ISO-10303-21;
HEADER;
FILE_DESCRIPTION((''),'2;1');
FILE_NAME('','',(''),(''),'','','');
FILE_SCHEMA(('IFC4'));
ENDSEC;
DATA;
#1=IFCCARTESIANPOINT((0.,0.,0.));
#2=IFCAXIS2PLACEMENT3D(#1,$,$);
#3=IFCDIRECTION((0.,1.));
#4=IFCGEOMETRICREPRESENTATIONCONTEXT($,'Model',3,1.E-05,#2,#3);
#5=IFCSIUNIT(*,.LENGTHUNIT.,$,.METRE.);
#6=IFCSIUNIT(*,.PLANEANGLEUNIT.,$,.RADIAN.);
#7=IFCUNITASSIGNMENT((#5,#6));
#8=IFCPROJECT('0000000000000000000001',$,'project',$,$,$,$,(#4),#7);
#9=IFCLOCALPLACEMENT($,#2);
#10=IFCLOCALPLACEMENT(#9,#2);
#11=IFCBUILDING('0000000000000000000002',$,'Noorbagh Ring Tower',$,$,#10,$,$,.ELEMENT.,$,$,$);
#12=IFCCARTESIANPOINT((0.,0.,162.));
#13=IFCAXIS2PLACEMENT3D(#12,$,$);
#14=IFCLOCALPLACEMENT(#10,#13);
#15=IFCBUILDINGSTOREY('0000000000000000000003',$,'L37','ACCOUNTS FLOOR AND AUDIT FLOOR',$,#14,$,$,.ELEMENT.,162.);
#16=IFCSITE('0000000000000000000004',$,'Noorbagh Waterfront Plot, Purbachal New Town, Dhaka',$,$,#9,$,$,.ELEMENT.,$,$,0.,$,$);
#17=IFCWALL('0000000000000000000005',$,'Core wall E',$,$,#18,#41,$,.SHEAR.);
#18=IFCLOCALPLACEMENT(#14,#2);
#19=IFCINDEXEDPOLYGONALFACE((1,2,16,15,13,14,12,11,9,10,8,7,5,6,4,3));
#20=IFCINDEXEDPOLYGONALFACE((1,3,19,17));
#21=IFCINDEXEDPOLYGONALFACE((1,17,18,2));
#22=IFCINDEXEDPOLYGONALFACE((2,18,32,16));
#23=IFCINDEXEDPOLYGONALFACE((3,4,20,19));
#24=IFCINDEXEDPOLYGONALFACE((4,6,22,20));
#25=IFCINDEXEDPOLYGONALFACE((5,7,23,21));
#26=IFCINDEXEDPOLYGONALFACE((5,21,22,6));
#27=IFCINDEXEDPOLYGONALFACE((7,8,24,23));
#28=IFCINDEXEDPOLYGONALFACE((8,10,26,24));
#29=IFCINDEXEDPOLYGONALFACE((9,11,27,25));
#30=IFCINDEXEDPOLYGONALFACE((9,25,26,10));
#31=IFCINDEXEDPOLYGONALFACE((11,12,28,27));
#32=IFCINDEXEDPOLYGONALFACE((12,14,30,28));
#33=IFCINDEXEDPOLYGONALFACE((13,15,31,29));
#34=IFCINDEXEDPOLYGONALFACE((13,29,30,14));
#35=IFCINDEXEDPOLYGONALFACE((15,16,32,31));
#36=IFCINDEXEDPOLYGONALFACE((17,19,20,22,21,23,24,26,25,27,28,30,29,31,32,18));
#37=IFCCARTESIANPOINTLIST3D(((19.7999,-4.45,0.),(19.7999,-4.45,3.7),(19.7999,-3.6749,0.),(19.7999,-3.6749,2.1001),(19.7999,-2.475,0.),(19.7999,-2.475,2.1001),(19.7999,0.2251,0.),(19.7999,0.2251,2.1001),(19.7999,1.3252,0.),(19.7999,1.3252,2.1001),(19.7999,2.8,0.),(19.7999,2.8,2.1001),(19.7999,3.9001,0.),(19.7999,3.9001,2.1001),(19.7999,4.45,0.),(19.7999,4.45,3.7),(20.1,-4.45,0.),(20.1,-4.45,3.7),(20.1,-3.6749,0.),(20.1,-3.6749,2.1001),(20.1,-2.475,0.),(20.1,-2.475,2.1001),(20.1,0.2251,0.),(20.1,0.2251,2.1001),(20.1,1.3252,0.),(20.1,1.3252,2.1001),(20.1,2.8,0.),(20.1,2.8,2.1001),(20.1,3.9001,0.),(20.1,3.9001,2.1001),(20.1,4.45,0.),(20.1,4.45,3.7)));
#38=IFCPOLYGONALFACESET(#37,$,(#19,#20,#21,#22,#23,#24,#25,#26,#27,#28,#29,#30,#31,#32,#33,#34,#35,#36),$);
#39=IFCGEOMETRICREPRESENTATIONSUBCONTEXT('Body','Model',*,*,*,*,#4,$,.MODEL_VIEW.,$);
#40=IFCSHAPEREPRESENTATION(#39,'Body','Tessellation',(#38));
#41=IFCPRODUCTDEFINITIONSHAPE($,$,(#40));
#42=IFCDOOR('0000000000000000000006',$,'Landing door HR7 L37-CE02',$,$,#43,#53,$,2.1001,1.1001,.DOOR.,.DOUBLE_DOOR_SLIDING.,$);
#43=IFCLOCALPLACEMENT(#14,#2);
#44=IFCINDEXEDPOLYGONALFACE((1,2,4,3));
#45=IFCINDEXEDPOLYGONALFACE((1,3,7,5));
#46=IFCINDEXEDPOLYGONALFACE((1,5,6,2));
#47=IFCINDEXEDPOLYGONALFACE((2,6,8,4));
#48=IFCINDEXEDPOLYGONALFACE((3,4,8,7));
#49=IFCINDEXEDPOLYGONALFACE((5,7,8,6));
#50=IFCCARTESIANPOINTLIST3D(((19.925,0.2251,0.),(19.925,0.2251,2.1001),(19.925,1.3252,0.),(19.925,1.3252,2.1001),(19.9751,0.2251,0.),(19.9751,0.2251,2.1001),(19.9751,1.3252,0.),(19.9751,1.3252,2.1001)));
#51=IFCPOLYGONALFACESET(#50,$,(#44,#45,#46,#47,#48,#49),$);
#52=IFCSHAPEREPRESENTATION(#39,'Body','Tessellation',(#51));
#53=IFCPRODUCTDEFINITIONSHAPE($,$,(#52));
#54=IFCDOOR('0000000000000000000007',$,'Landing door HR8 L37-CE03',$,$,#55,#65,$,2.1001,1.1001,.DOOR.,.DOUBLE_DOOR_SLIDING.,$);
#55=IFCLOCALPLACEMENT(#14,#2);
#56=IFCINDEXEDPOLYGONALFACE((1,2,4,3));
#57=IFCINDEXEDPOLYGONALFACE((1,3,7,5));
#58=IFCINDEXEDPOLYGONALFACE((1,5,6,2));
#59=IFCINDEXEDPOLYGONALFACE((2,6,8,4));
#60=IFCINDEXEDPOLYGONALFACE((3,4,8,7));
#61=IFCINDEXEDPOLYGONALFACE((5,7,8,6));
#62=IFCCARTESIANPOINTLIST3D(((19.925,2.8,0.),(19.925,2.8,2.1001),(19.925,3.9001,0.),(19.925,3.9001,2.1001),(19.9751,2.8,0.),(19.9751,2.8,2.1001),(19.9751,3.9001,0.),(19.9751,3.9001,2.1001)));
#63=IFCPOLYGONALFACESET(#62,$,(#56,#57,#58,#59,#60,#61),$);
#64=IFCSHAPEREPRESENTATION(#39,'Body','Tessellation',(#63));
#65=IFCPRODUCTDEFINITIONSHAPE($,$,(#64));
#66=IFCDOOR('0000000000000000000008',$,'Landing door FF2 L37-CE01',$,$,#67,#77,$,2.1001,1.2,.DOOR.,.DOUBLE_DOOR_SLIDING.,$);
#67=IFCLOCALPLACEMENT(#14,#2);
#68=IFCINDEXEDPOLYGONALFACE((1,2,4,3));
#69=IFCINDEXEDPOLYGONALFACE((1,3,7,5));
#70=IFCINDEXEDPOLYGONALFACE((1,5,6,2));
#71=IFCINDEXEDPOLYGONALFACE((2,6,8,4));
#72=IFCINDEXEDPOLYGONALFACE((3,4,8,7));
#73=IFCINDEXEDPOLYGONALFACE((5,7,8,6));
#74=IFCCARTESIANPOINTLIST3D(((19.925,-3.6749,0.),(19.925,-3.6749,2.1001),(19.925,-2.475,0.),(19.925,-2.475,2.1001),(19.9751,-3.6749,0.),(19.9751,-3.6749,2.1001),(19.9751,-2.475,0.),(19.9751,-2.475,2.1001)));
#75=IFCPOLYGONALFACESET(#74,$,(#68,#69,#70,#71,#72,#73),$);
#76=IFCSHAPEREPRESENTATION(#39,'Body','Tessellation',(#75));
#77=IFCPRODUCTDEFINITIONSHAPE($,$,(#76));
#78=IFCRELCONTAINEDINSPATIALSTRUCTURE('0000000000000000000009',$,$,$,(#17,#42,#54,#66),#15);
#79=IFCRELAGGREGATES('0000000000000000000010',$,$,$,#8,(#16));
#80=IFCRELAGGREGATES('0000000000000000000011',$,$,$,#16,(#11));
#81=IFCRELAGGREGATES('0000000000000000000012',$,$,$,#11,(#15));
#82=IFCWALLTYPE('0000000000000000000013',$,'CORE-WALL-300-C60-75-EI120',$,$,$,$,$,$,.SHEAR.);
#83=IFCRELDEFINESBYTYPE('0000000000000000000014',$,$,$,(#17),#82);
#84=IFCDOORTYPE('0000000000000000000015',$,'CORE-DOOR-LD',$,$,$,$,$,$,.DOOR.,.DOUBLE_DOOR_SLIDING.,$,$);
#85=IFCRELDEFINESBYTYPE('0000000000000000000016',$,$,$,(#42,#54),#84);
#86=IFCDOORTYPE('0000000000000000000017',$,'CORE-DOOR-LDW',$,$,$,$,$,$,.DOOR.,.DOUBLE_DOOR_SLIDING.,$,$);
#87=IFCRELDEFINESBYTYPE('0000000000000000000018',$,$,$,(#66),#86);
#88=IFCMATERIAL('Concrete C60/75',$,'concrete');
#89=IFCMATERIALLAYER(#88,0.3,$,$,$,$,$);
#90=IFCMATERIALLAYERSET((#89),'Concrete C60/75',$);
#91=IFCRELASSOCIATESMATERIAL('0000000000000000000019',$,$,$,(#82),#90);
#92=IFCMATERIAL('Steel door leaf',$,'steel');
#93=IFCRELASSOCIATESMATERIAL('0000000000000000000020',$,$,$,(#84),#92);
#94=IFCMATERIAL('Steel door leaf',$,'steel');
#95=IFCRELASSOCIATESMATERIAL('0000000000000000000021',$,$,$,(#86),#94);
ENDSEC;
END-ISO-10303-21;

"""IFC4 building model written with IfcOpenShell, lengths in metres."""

from ifc_helpers import new_model, si_unit, direction, frame, frame_2d, origin, place, context, subcontext, project, spatial, rectangle, extrude, material, layer, layer_set, type_object, element, fill, save


model = new_model("IFC4")

# Units and contexts
model_context = context("Model", 3, precision=1e-05, world=origin(), true_north=direction((0.0, 1.0)))
body_context = subcontext(model_context, "Body", "Model", "MODEL_VIEW")
ifc_project = project(units=[si_unit("LENGTHUNIT", "METRE"), si_unit("PLANEANGLEUNIT", "RADIAN")], contexts=[model_context])

# Site, building, storey
site_placement = place(None, origin())
site = spatial("IfcSite", under=ifc_project, at=site_placement, Name="Noorbagh Waterfront Plot, Purbachal New Town, Dhaka", CompositionType="ELEMENT", RefElevation=0.0)
building_placement = place(site_placement, origin())
building = spatial("IfcBuilding", under=site, at=building_placement, Name="Noorbagh Ring Tower", CompositionType="ELEMENT")
storey_placement = place(building_placement, frame((0.0, 0.0, 162.0)))
storey = spatial("IfcBuildingStorey", under=building, at=storey_placement, Name="L37", Description="ACCOUNTS FLOOR AND AUDIT FLOOR", CompositionType="ELEMENT", Elevation=162.0)

# Shared definitions
ifc_material_1 = material(Name="Concrete C60/75", Category="concrete")
ifc_layer_1 = layer(ifc_material_1, 0.3)
ifc_layer_set_1 = layer_set([ifc_layer_1], Name="Concrete C60/75")
wall_type_1 = type_object("IfcWallType", Name="CORE-WALL-300-C60-75-EI120", PredefinedType="SHEAR", material=ifc_layer_set_1)

# Wall, openings, doors
wall_1_placement = place(storey_placement, frame((19.95, -4.45, 0.0), z_axis=(0.0, 0.0, 1.0), x_axis=(0.0, 1.0, 0.0)))
wall_1 = element("IfcWall", 1, at=wall_1_placement, inside=storey, type_object=wall_type_1, Name="Core wall E", PredefinedType="SHEAR", context=body_context, shape_type="SweptSolid", body=[
    extrude(rectangle(XDim=8.8999, YDim=0.3, at=frame_2d((4.45, 0.0))), origin(), (0.0, 0.0, 1.0), 3.7),
])
opening_1_placement = place(wall_1_placement, frame((0.7749, 0.0, 0.0)))
opening_1 = element("IfcOpeningElement", 2, at=opening_1_placement, cuts=wall_1, PredefinedType="OPENING", context=body_context, shape_type="SweptSolid", body=[
    extrude(rectangle(XDim=1.2, YDim=2.1001, at=frame_2d((0.6001, 1.05))), frame((0.0, 0.1602, 0.0), z_axis=(0.0, -1.0, 0.0), x_axis=(1.0, 0.0, 0.0)), (0.0, 0.0, 1.0), 0.3201),
])
opening_2_placement = place(wall_1_placement, frame((4.675, 0.0, 0.0)))
opening_2 = element("IfcOpeningElement", 3, at=opening_2_placement, cuts=wall_1, PredefinedType="OPENING", context=body_context, shape_type="SweptSolid", body=[
    extrude(rectangle(XDim=1.1001, YDim=2.1001, at=frame_2d((0.55, 1.05))), frame((0.0, 0.1602, 0.0), z_axis=(0.0, -1.0, 0.0), x_axis=(1.0, 0.0, 0.0)), (0.0, 0.0, 1.0), 0.3201),
])
opening_3_placement = place(wall_1_placement, frame((7.25, 0.0, 0.0)))
opening_3 = element("IfcOpeningElement", 4, at=opening_3_placement, cuts=wall_1, PredefinedType="OPENING", context=body_context, shape_type="SweptSolid", body=[
    extrude(rectangle(XDim=1.1001, YDim=2.1001, at=frame_2d((0.55, 1.05))), frame((0.0, 0.1602, 0.0), z_axis=(0.0, -1.0, 0.0), x_axis=(1.0, 0.0, 0.0)), (0.0, 0.0, 1.0), 0.3201),
])
ifc_material_2 = material(Name="Steel door leaf", Category="steel")
door_type_1 = type_object("IfcDoorType", Name="CORE-DOOR-LD", OperationType="DOUBLE_DOOR_SLIDING", PredefinedType="DOOR", material=ifc_material_2)
door_1_placement = place(opening_2_placement, origin())
door_1 = element("IfcDoor", 5, at=door_1_placement, inside=storey, type_object=door_type_1, Name="Landing door HR7 L37-CE02", OperationType="DOUBLE_DOOR_SLIDING", OverallHeight=2.1001, OverallWidth=1.1001, PredefinedType="DOOR", context=body_context, shape_type="SweptSolid", body=[
    extrude(rectangle(XDim=1.1001, YDim=2.1001, at=frame_2d((0.55, 1.05))), frame((0.0, 0.0249, 0.0), z_axis=(0.0, -1.0, 0.0), x_axis=(1.0, 0.0, 0.0)), (0.0, 0.0, 1.0), 0.05),
])
fill(opening_2, door_1)
door_2_placement = place(opening_3_placement, origin())
door_2 = element("IfcDoor", 6, at=door_2_placement, inside=storey, type_object=door_type_1, Name="Landing door HR8 L37-CE03", OperationType="DOUBLE_DOOR_SLIDING", OverallHeight=2.1001, OverallWidth=1.1001, PredefinedType="DOOR", context=body_context, shape_type="SweptSolid", body=[
    extrude(rectangle(XDim=1.1001, YDim=2.1001, at=frame_2d((0.55, 1.05))), frame((0.0, 0.0249, 0.0), z_axis=(0.0, -1.0, 0.0), x_axis=(1.0, 0.0, 0.0)), (0.0, 0.0, 1.0), 0.05),
])
fill(opening_3, door_2)
ifc_material_3 = material(Name="Steel door leaf", Category="steel")
door_type_2 = type_object("IfcDoorType", Name="CORE-DOOR-LDW", OperationType="DOUBLE_DOOR_SLIDING", PredefinedType="DOOR", material=ifc_material_3)
door_3_placement = place(opening_1_placement, origin())
door_3 = element("IfcDoor", 7, at=door_3_placement, inside=storey, type_object=door_type_2, Name="Landing door FF2 L37-CE01", OperationType="DOUBLE_DOOR_SLIDING", OverallHeight=2.1001, OverallWidth=1.2, PredefinedType="DOOR", context=body_context, shape_type="SweptSolid", body=[
    extrude(rectangle(XDim=1.2, YDim=2.1001, at=frame_2d((0.6001, 1.05))), frame((0.0, 0.0249, 0.0), z_axis=(0.0, -1.0, 0.0), x_axis=(1.0, 0.0, 0.0)), (0.0, 0.0, 1.0), 0.05),
])
fill(opening_1, door_3)

save(model, "model.ifc")
